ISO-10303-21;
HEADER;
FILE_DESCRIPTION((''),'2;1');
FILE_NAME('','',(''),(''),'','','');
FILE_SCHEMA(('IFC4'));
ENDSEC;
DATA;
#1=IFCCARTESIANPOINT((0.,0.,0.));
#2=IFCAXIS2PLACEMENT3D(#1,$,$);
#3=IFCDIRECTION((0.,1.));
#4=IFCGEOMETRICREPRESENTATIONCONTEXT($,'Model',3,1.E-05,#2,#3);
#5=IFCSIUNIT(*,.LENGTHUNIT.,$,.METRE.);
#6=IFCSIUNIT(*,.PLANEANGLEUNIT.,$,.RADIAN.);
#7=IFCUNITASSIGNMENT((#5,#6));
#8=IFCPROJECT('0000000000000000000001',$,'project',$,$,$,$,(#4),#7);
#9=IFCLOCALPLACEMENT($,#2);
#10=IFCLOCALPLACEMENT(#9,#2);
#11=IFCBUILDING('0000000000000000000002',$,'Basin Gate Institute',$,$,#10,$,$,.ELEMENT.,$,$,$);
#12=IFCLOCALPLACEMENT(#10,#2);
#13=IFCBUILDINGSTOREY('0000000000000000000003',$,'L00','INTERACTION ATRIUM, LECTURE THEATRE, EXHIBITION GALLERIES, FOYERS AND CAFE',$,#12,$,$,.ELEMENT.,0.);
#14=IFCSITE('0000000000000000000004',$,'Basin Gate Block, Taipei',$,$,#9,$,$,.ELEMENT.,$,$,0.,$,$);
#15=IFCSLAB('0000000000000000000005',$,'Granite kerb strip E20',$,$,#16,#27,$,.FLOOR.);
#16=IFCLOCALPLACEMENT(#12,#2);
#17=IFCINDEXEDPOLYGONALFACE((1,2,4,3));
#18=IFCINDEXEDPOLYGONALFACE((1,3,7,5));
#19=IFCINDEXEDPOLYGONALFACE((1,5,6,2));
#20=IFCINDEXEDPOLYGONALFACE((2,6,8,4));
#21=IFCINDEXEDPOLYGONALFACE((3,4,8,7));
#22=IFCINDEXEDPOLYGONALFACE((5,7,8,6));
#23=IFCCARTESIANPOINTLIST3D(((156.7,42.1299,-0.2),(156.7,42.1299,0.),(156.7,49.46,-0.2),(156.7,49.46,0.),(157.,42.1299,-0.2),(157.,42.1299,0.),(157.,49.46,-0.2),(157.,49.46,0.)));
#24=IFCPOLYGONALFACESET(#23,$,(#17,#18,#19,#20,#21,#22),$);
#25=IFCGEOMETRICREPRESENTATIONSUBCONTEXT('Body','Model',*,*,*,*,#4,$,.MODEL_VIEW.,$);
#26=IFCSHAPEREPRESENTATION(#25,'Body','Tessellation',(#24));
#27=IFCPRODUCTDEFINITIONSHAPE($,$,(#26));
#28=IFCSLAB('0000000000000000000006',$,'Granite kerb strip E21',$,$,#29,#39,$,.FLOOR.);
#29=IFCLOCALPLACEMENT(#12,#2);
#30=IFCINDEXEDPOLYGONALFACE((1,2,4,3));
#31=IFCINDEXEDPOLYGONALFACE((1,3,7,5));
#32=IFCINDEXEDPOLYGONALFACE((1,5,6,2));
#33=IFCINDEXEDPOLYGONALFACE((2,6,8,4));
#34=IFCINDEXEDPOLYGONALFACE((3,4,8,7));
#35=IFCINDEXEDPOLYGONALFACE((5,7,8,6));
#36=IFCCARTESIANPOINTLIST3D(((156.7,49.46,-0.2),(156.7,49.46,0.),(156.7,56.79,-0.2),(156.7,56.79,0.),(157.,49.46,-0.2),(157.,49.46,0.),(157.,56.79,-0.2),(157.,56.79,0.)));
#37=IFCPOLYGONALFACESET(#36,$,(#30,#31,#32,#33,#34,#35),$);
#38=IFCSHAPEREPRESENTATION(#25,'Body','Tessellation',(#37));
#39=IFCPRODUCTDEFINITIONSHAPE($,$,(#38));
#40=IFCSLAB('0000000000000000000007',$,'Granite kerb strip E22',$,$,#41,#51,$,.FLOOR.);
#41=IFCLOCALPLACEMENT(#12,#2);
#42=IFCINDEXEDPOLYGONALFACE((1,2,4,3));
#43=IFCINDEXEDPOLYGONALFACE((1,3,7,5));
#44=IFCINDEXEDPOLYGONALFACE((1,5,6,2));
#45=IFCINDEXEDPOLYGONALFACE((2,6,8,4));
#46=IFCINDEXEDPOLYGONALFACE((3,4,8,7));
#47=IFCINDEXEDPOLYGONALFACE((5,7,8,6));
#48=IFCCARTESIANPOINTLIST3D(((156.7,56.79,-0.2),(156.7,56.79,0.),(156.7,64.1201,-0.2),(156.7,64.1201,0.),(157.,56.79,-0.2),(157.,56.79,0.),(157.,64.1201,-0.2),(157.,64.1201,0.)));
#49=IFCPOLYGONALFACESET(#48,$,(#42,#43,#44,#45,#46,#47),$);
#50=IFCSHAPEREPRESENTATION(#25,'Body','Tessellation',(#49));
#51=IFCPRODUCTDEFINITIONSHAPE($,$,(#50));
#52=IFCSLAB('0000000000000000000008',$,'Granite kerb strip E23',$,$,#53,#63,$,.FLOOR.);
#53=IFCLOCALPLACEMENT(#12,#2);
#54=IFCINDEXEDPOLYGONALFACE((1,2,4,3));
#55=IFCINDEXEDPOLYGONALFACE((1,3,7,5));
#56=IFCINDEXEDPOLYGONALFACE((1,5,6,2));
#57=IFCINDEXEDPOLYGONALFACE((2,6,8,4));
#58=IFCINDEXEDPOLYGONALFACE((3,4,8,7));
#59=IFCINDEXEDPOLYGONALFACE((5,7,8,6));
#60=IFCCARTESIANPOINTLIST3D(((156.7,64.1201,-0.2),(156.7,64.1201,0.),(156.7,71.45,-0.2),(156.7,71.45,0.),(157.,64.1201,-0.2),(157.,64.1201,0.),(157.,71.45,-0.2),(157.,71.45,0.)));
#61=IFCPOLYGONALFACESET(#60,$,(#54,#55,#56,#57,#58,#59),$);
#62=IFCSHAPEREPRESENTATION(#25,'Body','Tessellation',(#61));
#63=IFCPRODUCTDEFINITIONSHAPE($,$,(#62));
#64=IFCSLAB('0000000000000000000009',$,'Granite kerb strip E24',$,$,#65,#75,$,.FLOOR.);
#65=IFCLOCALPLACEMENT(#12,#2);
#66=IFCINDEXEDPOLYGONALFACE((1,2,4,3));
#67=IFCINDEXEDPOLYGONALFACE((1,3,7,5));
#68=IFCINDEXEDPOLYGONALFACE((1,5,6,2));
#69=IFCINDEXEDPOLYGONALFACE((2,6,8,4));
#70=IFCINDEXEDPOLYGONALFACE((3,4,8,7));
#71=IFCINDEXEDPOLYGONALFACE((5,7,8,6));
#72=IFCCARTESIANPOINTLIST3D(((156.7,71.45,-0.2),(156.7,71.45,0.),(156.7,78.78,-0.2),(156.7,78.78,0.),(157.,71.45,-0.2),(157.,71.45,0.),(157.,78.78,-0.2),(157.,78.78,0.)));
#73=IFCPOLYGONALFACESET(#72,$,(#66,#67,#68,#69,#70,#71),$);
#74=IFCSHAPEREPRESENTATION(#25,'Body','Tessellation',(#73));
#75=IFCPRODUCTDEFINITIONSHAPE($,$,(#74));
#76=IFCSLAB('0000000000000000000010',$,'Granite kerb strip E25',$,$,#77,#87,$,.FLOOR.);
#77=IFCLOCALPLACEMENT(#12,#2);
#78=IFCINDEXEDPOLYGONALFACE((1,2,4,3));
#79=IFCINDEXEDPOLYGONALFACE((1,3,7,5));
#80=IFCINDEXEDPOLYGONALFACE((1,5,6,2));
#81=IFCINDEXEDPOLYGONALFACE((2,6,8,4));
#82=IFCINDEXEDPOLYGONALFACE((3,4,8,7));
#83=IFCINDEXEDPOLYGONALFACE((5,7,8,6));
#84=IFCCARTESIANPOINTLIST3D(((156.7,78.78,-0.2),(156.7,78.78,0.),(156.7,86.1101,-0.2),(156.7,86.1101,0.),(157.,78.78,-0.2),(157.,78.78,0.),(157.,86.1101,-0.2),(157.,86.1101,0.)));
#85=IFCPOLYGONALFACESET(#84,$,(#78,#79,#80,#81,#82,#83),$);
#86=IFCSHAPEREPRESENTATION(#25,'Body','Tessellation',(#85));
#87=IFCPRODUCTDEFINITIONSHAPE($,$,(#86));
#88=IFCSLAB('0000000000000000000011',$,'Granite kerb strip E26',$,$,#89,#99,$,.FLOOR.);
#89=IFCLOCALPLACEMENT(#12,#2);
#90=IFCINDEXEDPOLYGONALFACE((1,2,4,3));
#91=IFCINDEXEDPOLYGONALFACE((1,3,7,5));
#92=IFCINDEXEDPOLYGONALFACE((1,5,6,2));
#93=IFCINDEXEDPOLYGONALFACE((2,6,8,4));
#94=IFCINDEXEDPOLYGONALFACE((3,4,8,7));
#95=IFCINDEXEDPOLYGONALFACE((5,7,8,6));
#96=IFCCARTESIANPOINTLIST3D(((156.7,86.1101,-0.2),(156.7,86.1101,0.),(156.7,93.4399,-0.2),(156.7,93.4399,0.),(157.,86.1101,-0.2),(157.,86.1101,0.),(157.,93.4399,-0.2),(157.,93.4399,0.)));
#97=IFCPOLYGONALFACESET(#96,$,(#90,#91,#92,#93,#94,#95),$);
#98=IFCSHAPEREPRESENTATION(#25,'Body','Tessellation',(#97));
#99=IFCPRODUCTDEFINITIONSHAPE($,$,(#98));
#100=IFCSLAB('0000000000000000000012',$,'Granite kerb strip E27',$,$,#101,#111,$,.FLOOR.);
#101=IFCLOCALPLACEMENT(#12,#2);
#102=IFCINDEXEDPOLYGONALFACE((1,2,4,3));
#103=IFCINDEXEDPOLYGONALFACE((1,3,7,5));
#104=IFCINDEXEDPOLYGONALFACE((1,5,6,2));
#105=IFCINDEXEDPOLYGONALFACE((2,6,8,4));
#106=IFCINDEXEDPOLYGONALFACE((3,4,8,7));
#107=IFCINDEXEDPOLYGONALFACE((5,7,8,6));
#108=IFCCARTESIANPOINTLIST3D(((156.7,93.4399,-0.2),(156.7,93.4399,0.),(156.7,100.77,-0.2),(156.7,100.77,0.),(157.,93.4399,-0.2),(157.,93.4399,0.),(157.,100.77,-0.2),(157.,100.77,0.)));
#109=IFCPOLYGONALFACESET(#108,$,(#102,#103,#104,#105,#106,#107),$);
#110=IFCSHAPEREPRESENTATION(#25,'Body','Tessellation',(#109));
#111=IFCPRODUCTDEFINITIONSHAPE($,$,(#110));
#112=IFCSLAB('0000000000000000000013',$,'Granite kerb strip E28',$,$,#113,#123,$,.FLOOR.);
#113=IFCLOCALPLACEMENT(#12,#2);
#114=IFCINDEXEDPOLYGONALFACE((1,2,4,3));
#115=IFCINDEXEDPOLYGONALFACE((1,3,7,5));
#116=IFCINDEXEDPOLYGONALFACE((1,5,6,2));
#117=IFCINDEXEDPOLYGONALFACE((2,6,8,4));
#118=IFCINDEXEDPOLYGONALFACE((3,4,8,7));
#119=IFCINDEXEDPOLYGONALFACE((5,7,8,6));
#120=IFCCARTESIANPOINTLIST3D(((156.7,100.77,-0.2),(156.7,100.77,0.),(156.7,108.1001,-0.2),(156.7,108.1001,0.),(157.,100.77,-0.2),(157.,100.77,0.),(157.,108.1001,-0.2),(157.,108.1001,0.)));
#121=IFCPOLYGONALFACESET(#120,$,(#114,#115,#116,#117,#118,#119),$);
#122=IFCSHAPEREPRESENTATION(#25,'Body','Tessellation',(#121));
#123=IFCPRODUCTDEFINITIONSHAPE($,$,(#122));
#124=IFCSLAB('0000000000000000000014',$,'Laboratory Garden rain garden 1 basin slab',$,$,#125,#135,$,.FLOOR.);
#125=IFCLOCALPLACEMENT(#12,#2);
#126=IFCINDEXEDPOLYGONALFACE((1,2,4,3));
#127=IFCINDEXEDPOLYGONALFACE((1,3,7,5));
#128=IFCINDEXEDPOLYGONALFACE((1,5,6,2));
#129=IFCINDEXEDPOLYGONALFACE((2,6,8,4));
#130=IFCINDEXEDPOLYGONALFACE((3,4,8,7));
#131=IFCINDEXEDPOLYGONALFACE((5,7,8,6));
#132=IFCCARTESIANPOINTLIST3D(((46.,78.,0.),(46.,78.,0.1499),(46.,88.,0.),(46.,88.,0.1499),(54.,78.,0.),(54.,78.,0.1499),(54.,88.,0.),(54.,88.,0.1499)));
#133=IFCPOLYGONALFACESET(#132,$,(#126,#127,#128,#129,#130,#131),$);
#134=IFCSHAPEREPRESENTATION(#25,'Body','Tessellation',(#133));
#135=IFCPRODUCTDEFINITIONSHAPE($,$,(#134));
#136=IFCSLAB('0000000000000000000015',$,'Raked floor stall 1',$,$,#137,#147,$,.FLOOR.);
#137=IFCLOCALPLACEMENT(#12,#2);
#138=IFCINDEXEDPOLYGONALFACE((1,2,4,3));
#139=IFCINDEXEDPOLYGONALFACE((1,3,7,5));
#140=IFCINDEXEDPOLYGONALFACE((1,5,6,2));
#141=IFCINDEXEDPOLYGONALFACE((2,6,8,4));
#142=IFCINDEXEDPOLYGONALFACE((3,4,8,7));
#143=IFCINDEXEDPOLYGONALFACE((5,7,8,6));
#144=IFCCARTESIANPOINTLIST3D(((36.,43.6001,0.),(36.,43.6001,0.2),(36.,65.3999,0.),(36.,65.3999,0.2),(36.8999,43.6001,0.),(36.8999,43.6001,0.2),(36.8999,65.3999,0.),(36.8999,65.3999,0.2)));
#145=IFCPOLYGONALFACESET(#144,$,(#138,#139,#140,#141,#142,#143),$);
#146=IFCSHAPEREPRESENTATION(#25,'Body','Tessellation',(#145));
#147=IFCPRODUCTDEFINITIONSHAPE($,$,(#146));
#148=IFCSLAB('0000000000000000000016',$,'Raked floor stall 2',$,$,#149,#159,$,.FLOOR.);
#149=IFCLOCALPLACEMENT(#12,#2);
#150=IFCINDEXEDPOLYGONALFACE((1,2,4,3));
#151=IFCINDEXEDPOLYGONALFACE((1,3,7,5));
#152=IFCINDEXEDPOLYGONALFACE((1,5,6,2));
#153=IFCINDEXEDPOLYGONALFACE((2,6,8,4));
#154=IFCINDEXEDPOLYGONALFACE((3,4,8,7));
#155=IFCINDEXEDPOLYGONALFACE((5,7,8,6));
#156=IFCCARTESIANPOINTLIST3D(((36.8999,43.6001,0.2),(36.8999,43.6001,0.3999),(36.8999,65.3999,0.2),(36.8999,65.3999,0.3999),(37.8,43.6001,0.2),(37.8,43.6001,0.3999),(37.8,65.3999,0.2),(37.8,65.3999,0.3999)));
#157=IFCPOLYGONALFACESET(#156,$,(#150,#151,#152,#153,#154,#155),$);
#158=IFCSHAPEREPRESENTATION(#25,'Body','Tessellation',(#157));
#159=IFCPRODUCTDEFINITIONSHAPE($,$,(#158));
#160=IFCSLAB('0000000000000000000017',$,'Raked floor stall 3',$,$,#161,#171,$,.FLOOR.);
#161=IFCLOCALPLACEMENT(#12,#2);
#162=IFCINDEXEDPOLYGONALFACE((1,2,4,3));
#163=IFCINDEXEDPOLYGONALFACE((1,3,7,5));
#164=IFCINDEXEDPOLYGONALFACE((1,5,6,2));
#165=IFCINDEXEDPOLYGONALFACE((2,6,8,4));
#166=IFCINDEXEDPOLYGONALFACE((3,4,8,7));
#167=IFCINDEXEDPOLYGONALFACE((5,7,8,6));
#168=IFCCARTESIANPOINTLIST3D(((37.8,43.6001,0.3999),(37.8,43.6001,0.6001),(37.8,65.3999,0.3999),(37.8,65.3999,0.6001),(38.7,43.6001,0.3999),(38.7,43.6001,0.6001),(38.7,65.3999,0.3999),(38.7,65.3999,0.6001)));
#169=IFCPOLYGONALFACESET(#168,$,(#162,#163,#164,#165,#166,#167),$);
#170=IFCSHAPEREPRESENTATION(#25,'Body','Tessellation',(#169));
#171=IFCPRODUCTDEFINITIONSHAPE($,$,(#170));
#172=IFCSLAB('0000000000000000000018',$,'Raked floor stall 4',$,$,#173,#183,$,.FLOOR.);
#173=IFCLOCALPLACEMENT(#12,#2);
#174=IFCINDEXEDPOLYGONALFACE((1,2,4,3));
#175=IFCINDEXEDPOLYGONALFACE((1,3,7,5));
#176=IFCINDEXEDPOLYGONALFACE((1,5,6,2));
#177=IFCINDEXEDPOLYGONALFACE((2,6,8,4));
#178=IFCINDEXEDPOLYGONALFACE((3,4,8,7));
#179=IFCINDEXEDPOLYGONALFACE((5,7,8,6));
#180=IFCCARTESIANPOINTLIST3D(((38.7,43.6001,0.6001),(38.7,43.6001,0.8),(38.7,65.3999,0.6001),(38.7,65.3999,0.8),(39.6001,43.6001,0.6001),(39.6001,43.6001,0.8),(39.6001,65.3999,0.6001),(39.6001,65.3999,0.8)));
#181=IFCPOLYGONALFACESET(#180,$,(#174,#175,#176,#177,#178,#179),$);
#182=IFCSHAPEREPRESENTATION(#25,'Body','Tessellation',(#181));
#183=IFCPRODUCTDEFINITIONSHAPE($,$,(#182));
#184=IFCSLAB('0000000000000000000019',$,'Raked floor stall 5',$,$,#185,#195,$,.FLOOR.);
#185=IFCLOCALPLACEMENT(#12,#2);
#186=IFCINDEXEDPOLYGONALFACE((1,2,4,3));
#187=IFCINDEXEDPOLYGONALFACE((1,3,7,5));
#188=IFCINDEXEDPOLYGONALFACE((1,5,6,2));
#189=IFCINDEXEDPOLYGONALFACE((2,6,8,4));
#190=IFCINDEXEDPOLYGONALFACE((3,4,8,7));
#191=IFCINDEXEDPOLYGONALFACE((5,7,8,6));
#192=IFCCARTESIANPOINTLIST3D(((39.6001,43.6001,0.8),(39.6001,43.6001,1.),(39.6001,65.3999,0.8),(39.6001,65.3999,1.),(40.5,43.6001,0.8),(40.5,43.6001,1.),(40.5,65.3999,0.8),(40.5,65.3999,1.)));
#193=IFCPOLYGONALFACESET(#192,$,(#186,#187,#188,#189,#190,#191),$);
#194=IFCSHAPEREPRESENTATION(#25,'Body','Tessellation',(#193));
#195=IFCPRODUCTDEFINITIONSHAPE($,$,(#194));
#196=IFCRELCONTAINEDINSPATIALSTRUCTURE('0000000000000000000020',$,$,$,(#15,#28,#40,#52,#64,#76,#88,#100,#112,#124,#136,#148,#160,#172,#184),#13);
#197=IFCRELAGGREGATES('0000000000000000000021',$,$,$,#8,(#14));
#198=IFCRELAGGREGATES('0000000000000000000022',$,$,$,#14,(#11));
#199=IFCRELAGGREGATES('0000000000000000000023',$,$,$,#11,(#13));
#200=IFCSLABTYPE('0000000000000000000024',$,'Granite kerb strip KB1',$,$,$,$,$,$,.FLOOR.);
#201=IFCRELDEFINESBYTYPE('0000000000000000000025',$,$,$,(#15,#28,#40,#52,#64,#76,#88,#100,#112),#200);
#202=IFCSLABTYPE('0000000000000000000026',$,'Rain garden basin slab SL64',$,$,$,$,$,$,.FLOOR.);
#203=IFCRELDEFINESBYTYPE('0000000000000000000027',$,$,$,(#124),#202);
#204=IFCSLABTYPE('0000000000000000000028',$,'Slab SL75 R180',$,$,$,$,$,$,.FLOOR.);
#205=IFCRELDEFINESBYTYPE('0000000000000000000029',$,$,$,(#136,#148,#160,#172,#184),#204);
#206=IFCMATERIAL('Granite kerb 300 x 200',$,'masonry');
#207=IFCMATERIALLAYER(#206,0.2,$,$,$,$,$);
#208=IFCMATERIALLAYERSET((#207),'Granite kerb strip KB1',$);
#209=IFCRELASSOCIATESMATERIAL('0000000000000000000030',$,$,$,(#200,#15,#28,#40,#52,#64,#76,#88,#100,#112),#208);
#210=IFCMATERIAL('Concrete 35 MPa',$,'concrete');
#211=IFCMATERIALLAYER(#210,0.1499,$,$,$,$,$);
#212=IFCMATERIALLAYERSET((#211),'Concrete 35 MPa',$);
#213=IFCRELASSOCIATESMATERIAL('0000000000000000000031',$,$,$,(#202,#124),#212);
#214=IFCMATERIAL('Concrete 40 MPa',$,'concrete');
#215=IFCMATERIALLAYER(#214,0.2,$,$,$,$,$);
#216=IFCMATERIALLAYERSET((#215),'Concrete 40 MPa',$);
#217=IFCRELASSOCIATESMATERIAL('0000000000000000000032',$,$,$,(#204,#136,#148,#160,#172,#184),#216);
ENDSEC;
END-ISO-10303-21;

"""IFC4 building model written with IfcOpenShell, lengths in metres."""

from ifc_helpers import new_model, si_unit, direction, frame, origin, place, context, subcontext, project, spatial, polyline, outline, extrude, material, layer, layer_set, type_object, element, save


model = new_model("IFC4")

# Units and contexts
model_context = context("Model", 3, precision=1e-05, world=origin(), true_north=direction((0.0, 1.0)))
body_context = subcontext(model_context, "Body", "Model", "MODEL_VIEW")
ifc_project = project(units=[si_unit("LENGTHUNIT", "METRE"), si_unit("PLANEANGLEUNIT", "RADIAN")], contexts=[model_context])

# Site, building, storey
site_placement = place(None, origin())
site = spatial("IfcSite", under=ifc_project, at=site_placement, Name="Basin Gate Block, Taipei", CompositionType="ELEMENT", RefElevation=0.0)
building_placement = place(site_placement, origin())
building = spatial("IfcBuilding", under=site, at=building_placement, Name="Basin Gate Institute", CompositionType="ELEMENT")
storey_placement = place(building_placement, origin())
storey = spatial("IfcBuildingStorey", under=building, at=storey_placement, Name="L00", Description="INTERACTION ATRIUM, LECTURE THEATRE, EXHIBITION GALLERIES, FOYERS AND CAFE", CompositionType="ELEMENT", Elevation=0.0)

# Slabs
ifc_material_1 = material(Name="Granite kerb 300 x 200", Category="masonry")
ifc_layer_1 = layer(ifc_material_1, 0.2)
ifc_layer_set_1 = layer_set([ifc_layer_1], Name="Granite kerb strip KB1")
slab_type_1 = type_object("IfcSlabType", Name="Granite kerb strip KB1", PredefinedType="FLOOR", material=ifc_layer_set_1)
slab_1_placement = place(storey_placement, frame((0.0, 0.0, -0.2)))
element("IfcSlab", 1, at=slab_1_placement, inside=storey, type_object=slab_type_1, material=ifc_layer_set_1, Name="Granite kerb strip E20", PredefinedType="FLOOR", context=body_context, shape_type="SweptSolid", body=[
    extrude(outline(polyline([(156.7, 42.1299), (156.7, 49.46), (157.0, 49.46), (157.0, 42.1299), (156.7, 42.1299)])), origin(), (0.0, 0.0, 1.0), 0.2),
])
slab_2_placement = place(storey_placement, frame((0.0, 0.0, -0.2)))
element("IfcSlab", 2, at=slab_2_placement, inside=storey, type_object=slab_type_1, material=ifc_layer_set_1, Name="Granite kerb strip E21", PredefinedType="FLOOR", context=body_context, shape_type="SweptSolid", body=[
    extrude(outline(polyline([(156.7, 49.46), (156.7, 56.79), (157.0, 56.79), (157.0, 49.46), (156.7, 49.46)])), origin(), (0.0, 0.0, 1.0), 0.2),
])
slab_3_placement = place(storey_placement, frame((0.0, 0.0, -0.2)))
element("IfcSlab", 3, at=slab_3_placement, inside=storey, type_object=slab_type_1, material=ifc_layer_set_1, Name="Granite kerb strip E22", PredefinedType="FLOOR", context=body_context, shape_type="SweptSolid", body=[
    extrude(outline(polyline([(156.7, 56.79), (156.7, 64.1201), (157.0, 64.1201), (157.0, 56.79), (156.7, 56.79)])), origin(), (0.0, 0.0, 1.0), 0.2),
])
slab_4_placement = place(storey_placement, frame((0.0, 0.0, -0.2)))
element("IfcSlab", 4, at=slab_4_placement, inside=storey, type_object=slab_type_1, material=ifc_layer_set_1, Name="Granite kerb strip E23", PredefinedType="FLOOR", context=body_context, shape_type="SweptSolid", body=[
    extrude(outline(polyline([(156.7, 64.1201), (156.7, 71.45), (157.0, 71.45), (157.0, 64.1201), (156.7, 64.1201)])), origin(), (0.0, 0.0, 1.0), 0.2),
])
slab_5_placement = place(storey_placement, frame((0.0, 0.0, -0.2)))
element("IfcSlab", 5, at=slab_5_placement, inside=storey, type_object=slab_type_1, material=ifc_layer_set_1, Name="Granite kerb strip E24", PredefinedType="FLOOR", context=body_context, shape_type="SweptSolid", body=[
    extrude(outline(polyline([(156.7, 71.45), (156.7, 78.78), (157.0, 78.78), (157.0, 71.45), (156.7, 71.45)])), origin(), (0.0, 0.0, 1.0), 0.2),
])
slab_6_placement = place(storey_placement, frame((0.0, 0.0, -0.2)))
element("IfcSlab", 6, at=slab_6_placement, inside=storey, type_object=slab_type_1, material=ifc_layer_set_1, Name="Granite kerb strip E25", PredefinedType="FLOOR", context=body_context, shape_type="SweptSolid", body=[
    extrude(outline(polyline([(156.7, 78.78), (156.7, 86.1101), (157.0, 86.1101), (157.0, 78.78), (156.7, 78.78)])), origin(), (0.0, 0.0, 1.0), 0.2),
])
slab_7_placement = place(storey_placement, frame((0.0, 0.0, -0.2)))
element("IfcSlab", 7, at=slab_7_placement, inside=storey, type_object=slab_type_1, material=ifc_layer_set_1, Name="Granite kerb strip E26", PredefinedType="FLOOR", context=body_context, shape_type="SweptSolid", body=[
    extrude(outline(polyline([(156.7, 86.1101), (156.7, 93.4399), (157.0, 93.4399), (157.0, 86.1101), (156.7, 86.1101)])), origin(), (0.0, 0.0, 1.0), 0.2),
])
slab_8_placement = place(storey_placement, frame((0.0, 0.0, -0.2)))
element("IfcSlab", 8, at=slab_8_placement, inside=storey, type_object=slab_type_1, material=ifc_layer_set_1, Name="Granite kerb strip E27", PredefinedType="FLOOR", context=body_context, shape_type="SweptSolid", body=[
    extrude(outline(polyline([(156.7, 93.4399), (156.7, 100.77), (157.0, 100.77), (157.0, 93.4399), (156.7, 93.4399)])), origin(), (0.0, 0.0, 1.0), 0.2),
])
slab_9_placement = place(storey_placement, frame((0.0, 0.0, -0.2)))
element("IfcSlab", 9, at=slab_9_placement, inside=storey, type_object=slab_type_1, material=ifc_layer_set_1, Name="Granite kerb strip E28", PredefinedType="FLOOR", context=body_context, shape_type="SweptSolid", body=[
    extrude(outline(polyline([(156.7, 100.77), (156.7, 108.1001), (157.0, 108.1001), (157.0, 100.77), (156.7, 100.77)])), origin(), (0.0, 0.0, 1.0), 0.2),
])
ifc_material_2 = material(Name="Concrete 35 MPa", Category="concrete")
ifc_layer_2 = layer(ifc_material_2, 0.1499)
ifc_layer_set_2 = layer_set([ifc_layer_2], Name="Concrete 35 MPa")
slab_type_2 = type_object("IfcSlabType", Name="Rain garden basin slab SL64", PredefinedType="FLOOR", material=ifc_layer_set_2)
slab_10_placement = place(storey_placement, origin())
element("IfcSlab", 10, at=slab_10_placement, inside=storey, type_object=slab_type_2, material=ifc_layer_set_2, Name="Laboratory Garden rain garden 1 basin slab", PredefinedType="FLOOR", context=body_context, shape_type="SweptSolid", body=[
    extrude(outline(polyline([(46.0, 78.0), (54.0, 78.0), (54.0, 88.0), (46.0, 88.0), (46.0, 78.0)])), origin(), (0.0, 0.0, 1.0), 0.1499),
])
ifc_material_3 = material(Name="Concrete 40 MPa", Category="concrete")
ifc_layer_3 = layer(ifc_material_3, 0.2)
ifc_layer_set_3 = layer_set([ifc_layer_3], Name="Concrete 40 MPa")
slab_type_3 = type_object("IfcSlabType", Name="Slab SL75 R180", PredefinedType="FLOOR", material=ifc_layer_set_3)
slab_11_placement = place(storey_placement, origin())
element("IfcSlab", 11, at=slab_11_placement, inside=storey, type_object=slab_type_3, material=ifc_layer_set_3, Name="Raked floor stall 1", PredefinedType="FLOOR", context=body_context, shape_type="SweptSolid", body=[
    extrude(outline(polyline([(36.0, 43.6001), (36.8999, 43.6001), (36.8999, 65.3999), (36.0, 65.3999), (36.0, 43.6001)])), origin(), (0.0, 0.0, 1.0), 0.2),
])
slab_12_placement = place(storey_placement, frame((0.0, 0.0, 0.2)))
element("IfcSlab", 12, at=slab_12_placement, inside=storey, type_object=slab_type_3, material=ifc_layer_set_3, Name="Raked floor stall 2", PredefinedType="FLOOR", context=body_context, shape_type="SweptSolid", body=[
    extrude(outline(polyline([(36.8999, 43.6001), (37.8, 43.6001), (37.8, 65.3999), (36.8999, 65.3999), (36.8999, 43.6001)])), origin(), (0.0, 0.0, 1.0), 0.2),
])
slab_13_placement = place(storey_placement, frame((0.0, 0.0, 0.3999)))
element("IfcSlab", 13, at=slab_13_placement, inside=storey, type_object=slab_type_3, material=ifc_layer_set_3, Name="Raked floor stall 3", PredefinedType="FLOOR", context=body_context, shape_type="SweptSolid", body=[
    extrude(outline(polyline([(37.8, 43.6001), (38.7, 43.6001), (38.7, 65.3999), (37.8, 65.3999), (37.8, 43.6001)])), origin(), (0.0, 0.0, 1.0), 0.2002),
])
slab_14_placement = place(storey_placement, frame((0.0, 0.0, 0.6001)))
element("IfcSlab", 14, at=slab_14_placement, inside=storey, type_object=slab_type_3, material=ifc_layer_set_3, Name="Raked floor stall 4", PredefinedType="FLOOR", context=body_context, shape_type="SweptSolid", body=[
    extrude(outline(polyline([(38.7, 43.6001), (39.6001, 43.6001), (39.6001, 65.3999), (38.7, 65.3999), (38.7, 43.6001)])), origin(), (0.0, 0.0, 1.0), 0.2),
])
slab_15_placement = place(storey_placement, frame((0.0, 0.0, 0.8)))
element("IfcSlab", 15, at=slab_15_placement, inside=storey, type_object=slab_type_3, material=ifc_layer_set_3, Name="Raked floor stall 5", PredefinedType="FLOOR", context=body_context, shape_type="SweptSolid", body=[
    extrude(outline(polyline([(39.6001, 43.6001), (40.5, 43.6001), (40.5, 65.3999), (39.6001, 65.3999), (39.6001, 43.6001)])), origin(), (0.0, 0.0, 1.0), 0.2),
])

save(model, "model.ifc")
